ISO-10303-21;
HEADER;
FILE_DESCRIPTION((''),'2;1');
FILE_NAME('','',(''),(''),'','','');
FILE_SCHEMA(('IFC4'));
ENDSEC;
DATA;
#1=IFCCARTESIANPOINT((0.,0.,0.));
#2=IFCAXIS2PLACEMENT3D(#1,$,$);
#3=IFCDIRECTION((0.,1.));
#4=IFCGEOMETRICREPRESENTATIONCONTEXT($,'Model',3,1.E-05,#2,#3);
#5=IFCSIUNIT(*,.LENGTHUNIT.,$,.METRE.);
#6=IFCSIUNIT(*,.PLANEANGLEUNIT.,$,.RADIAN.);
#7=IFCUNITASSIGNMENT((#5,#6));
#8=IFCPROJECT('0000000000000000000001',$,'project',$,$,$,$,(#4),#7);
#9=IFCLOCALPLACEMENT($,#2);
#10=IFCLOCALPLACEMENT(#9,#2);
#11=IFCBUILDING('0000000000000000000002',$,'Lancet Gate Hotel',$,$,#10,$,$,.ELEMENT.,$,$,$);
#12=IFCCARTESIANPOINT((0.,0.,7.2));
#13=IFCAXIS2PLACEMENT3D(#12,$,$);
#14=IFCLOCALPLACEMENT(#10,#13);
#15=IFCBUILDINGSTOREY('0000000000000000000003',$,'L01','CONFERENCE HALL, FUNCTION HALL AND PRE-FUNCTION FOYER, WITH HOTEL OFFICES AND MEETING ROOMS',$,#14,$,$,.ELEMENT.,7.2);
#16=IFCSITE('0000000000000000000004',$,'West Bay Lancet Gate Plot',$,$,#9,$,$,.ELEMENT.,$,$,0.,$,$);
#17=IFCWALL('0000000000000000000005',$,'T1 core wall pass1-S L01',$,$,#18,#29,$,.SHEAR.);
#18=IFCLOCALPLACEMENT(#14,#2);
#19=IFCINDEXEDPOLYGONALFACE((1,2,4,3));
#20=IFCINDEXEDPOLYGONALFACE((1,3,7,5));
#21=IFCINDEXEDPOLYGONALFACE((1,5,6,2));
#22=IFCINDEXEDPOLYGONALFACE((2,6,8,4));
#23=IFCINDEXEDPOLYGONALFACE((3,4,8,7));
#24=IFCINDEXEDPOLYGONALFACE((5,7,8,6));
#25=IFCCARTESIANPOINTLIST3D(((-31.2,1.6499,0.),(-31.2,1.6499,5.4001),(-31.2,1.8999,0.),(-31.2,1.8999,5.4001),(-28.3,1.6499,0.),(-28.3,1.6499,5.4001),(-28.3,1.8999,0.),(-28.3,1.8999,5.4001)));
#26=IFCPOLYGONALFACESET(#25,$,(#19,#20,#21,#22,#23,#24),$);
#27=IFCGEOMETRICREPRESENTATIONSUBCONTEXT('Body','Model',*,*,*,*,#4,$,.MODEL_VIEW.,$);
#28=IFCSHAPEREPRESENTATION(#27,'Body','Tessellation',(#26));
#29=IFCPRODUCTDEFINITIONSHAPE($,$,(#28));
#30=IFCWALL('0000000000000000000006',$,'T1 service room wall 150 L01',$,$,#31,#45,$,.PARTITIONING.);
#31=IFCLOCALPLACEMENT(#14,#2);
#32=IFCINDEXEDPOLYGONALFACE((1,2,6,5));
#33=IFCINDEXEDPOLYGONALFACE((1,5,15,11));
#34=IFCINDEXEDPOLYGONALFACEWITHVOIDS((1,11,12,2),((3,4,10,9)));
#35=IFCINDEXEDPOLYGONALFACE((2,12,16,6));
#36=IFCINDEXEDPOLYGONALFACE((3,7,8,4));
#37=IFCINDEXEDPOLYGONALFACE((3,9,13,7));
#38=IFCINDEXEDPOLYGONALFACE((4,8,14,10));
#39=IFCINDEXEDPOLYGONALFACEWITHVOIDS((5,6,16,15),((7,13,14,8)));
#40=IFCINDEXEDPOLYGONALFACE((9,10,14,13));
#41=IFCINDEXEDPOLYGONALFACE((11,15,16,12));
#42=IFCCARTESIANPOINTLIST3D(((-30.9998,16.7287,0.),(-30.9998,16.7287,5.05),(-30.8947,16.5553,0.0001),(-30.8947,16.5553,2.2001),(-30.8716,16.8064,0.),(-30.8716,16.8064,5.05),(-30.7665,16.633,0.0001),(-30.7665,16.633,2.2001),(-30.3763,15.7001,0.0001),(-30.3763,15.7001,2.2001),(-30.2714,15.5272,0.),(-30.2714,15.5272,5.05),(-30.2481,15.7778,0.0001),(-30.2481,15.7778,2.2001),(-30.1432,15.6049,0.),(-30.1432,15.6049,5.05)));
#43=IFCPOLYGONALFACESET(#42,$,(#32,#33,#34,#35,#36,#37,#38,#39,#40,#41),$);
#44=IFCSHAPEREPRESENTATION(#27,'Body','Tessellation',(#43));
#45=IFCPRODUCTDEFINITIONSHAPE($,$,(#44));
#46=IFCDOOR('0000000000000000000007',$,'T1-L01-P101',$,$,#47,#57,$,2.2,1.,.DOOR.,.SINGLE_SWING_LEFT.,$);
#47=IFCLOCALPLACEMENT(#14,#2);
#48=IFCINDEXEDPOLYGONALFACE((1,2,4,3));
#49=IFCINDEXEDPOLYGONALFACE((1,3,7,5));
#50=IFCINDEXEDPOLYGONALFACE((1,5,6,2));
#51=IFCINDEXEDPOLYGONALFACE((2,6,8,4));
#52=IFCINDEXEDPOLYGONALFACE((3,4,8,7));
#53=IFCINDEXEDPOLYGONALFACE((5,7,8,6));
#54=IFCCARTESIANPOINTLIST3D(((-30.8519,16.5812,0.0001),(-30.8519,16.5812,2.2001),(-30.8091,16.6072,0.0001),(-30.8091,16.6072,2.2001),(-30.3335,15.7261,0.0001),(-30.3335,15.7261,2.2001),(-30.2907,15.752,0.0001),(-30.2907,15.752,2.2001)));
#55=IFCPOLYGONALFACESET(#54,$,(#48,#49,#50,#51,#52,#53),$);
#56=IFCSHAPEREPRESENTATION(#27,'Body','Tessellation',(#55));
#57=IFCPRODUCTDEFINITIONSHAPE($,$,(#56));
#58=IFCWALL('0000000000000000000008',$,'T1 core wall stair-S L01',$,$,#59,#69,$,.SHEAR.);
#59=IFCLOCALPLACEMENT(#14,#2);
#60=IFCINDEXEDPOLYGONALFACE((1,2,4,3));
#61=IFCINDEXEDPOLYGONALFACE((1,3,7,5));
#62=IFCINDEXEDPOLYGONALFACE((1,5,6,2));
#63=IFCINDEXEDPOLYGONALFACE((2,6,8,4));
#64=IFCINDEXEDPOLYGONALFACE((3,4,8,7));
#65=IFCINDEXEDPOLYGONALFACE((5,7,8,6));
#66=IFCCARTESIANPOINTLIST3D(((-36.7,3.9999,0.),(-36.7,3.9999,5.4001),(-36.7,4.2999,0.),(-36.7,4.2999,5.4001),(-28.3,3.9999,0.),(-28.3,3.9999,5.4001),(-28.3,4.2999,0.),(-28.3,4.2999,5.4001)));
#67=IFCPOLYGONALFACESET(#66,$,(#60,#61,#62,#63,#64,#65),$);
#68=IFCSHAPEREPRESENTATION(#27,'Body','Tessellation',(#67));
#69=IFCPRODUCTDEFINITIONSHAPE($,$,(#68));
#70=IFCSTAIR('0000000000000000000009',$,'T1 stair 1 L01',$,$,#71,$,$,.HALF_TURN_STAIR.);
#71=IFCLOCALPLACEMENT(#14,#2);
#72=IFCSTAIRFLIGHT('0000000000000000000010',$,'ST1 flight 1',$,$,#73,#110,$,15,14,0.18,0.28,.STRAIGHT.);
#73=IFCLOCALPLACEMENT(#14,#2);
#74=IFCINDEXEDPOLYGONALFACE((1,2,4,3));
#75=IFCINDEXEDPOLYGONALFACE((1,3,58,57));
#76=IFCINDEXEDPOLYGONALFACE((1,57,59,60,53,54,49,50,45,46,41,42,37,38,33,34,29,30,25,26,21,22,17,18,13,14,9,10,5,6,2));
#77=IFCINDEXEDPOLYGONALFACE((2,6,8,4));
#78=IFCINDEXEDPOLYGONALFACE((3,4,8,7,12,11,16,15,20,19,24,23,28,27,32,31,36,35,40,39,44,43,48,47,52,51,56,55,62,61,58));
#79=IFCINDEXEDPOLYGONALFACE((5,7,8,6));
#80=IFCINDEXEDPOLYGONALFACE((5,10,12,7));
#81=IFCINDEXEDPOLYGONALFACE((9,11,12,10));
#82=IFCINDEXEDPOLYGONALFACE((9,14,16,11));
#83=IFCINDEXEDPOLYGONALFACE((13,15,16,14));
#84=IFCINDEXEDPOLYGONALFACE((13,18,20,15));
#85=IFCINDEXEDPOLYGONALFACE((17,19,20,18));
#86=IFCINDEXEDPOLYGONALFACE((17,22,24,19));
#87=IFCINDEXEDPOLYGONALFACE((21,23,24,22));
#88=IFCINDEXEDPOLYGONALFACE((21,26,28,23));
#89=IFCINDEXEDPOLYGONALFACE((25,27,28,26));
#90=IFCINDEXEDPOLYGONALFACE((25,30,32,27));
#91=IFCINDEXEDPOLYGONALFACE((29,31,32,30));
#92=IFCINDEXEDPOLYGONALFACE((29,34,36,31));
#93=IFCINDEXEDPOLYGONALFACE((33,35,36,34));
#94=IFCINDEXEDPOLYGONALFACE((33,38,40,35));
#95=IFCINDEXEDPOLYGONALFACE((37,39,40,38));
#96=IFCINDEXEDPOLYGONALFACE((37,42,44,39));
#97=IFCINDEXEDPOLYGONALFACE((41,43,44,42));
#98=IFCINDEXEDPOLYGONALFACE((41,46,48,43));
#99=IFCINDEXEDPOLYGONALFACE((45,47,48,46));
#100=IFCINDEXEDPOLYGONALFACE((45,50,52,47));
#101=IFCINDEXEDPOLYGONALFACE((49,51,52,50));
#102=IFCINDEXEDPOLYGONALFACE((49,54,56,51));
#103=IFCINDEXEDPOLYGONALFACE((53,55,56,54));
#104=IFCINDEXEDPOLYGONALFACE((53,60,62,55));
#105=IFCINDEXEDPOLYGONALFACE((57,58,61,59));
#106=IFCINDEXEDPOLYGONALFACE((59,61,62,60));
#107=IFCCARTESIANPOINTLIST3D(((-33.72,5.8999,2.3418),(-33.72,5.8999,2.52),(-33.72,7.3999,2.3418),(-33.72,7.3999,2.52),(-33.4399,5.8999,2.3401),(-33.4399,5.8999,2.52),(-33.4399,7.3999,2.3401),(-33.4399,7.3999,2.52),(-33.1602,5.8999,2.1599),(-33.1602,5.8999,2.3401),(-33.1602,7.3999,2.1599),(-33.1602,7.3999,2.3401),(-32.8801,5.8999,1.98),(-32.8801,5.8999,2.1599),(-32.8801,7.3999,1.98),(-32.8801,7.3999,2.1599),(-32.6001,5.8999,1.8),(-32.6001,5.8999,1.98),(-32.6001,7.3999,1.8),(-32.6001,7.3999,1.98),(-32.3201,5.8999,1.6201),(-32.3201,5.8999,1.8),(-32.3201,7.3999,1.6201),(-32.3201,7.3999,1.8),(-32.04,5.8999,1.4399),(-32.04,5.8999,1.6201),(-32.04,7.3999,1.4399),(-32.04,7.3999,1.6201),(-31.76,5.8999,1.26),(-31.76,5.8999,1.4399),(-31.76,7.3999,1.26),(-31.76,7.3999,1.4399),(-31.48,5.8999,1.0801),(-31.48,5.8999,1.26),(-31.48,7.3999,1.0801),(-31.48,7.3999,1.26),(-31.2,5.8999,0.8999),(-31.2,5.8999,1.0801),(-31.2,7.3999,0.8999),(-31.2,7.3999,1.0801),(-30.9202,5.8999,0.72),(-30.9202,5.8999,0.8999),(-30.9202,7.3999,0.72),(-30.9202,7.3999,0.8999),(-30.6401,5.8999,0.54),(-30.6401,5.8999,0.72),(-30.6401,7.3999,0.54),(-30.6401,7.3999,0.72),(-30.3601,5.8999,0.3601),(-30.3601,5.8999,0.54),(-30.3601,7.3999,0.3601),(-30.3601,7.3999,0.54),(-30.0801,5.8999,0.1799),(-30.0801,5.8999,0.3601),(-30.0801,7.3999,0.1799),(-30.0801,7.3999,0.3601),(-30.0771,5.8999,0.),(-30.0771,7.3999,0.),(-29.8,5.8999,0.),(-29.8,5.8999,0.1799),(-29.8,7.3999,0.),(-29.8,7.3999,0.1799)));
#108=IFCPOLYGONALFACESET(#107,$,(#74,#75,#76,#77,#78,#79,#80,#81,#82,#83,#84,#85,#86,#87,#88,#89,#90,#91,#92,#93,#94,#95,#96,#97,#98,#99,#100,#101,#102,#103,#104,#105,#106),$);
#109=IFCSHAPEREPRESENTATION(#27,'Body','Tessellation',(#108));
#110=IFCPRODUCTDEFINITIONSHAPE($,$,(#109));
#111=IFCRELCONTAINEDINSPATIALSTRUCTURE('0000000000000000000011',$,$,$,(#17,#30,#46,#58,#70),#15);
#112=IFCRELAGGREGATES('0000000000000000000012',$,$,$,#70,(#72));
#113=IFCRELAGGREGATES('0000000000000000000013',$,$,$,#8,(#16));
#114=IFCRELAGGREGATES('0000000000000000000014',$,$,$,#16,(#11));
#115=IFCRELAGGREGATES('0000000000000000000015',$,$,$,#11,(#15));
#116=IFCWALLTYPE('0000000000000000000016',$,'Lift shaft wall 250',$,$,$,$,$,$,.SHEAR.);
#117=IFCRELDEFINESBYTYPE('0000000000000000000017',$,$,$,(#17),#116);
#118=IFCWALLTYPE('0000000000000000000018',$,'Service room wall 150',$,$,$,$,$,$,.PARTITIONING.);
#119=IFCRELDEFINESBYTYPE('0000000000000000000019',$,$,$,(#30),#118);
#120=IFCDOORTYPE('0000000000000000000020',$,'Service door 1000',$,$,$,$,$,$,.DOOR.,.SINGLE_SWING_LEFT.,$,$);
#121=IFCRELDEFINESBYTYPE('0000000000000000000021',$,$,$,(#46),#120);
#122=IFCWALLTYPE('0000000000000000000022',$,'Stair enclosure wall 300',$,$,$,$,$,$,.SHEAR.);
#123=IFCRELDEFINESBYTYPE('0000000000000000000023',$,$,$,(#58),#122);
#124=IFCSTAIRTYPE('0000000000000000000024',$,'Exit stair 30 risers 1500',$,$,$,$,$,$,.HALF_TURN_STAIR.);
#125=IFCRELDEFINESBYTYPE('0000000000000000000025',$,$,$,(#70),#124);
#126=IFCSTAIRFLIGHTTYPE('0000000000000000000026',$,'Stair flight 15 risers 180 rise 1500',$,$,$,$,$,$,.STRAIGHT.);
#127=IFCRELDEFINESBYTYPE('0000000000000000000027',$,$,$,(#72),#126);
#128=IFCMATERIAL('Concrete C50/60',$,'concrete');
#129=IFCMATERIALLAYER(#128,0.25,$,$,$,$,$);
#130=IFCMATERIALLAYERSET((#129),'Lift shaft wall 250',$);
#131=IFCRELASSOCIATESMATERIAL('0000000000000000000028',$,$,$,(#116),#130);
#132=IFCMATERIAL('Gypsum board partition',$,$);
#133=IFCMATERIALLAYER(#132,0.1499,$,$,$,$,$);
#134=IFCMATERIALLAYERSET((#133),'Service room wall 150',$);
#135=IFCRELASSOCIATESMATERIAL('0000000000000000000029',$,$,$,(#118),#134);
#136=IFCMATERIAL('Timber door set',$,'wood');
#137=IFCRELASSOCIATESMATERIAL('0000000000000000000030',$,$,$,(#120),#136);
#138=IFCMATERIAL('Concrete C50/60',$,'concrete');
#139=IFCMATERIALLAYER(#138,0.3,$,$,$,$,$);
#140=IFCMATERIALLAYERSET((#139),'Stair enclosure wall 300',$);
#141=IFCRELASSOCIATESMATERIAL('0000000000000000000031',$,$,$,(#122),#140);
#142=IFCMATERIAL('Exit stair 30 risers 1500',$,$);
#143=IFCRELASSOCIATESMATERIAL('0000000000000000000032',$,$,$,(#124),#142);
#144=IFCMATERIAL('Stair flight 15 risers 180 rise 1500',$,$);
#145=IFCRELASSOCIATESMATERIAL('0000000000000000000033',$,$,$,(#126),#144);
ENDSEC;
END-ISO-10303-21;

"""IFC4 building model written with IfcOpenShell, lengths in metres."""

from ifc_helpers import new_model, si_unit, direction, frame, frame_2d, origin, place, context, subcontext, project, spatial, polyline, rectangle, outline, extrude, material, layer, layer_set, type_object, element, fill, aggregate, save


model = new_model("IFC4")

# Units and contexts
model_context = context("Model", 3, precision=1e-05, world=origin(), true_north=direction((0.0, 1.0)))
body_context = subcontext(model_context, "Body", "Model", "MODEL_VIEW")
ifc_project = project(units=[si_unit("LENGTHUNIT", "METRE"), si_unit("PLANEANGLEUNIT", "RADIAN")], contexts=[model_context])

# Site, building, storey
site_placement = place(None, origin())
site = spatial("IfcSite", under=ifc_project, at=site_placement, Name="West Bay Lancet Gate Plot", CompositionType="ELEMENT", RefElevation=0.0)
building_placement = place(site_placement, origin())
building = spatial("IfcBuilding", under=site, at=building_placement, Name="Lancet Gate Hotel", CompositionType="ELEMENT")
storey_placement = place(building_placement, frame((0.0, 0.0, 7.2)))
storey = spatial("IfcBuildingStorey", under=building, at=storey_placement, Name="L01", Description="CONFERENCE HALL, FUNCTION HALL AND PRE-FUNCTION FOYER, WITH HOTEL OFFICES AND MEETING ROOMS", CompositionType="ELEMENT", Elevation=7.2)

# Wall
ifc_material_1 = material(Name="Concrete C50/60", Category="concrete")
ifc_layer_1 = layer(ifc_material_1, 0.25)
ifc_layer_set_1 = layer_set([ifc_layer_1], Name="Lift shaft wall 250")
wall_type_1 = type_object("IfcWallType", Name="Lift shaft wall 250", PredefinedType="SHEAR", material=ifc_layer_set_1)
wall_1_placement = place(storey_placement, frame((-28.3, 1.7749, 0.0), z_axis=(0.0, 0.0, 1.0), x_axis=(-1.0, 0.0, 0.0)))
element("IfcWall", 1, at=wall_1_placement, inside=storey, type_object=wall_type_1, Name="T1 core wall pass1-S L01", PredefinedType="SHEAR", context=body_context, shape_type="SweptSolid", body=[
    extrude(rectangle(XDim=2.8999, YDim=0.25, at=frame_2d((1.45, 0.0))), origin(), (0.0, 0.0, 1.0), 5.4001),
])

# Wall, opening, door
ifc_material_2 = material(Name="Gypsum board partition")
ifc_layer_2 = layer(ifc_material_2, 0.1499)
ifc_layer_set_2 = layer_set([ifc_layer_2], Name="Service room wall 150")
wall_type_2 = type_object("IfcWallType", Name="Service room wall 150", PredefinedType="PARTITIONING", material=ifc_layer_set_2)
wall_2_placement = place(storey_placement, frame((-30.2073, 15.5659, 0.0), z_axis=(0.0, 0.0, 1.0), x_axis=(-0.518375, 0.855153, 0.0)))
wall_2 = element("IfcWall", 2, at=wall_2_placement, inside=storey, type_object=wall_type_2, Name="T1 service room wall 150 L01", PredefinedType="PARTITIONING", context=body_context, shape_type="SweptSolid", body=[
    extrude(rectangle(XDim=1.405, YDim=0.1499, at=frame_2d((0.7026, 0.0))), origin(), (0.0, 0.0, 1.0), 5.05),
])
opening_1_placement = place(wall_2_placement, frame((0.2024, 0.0, 0.0)))
opening_1 = element("IfcOpeningElement", 3, at=opening_1_placement, cuts=wall_2, PredefinedType="OPENING", context=body_context, shape_type="SweptSolid", body=[
    extrude(rectangle(XDim=1.0, YDim=2.2, at=frame_2d((0.5, 1.1001))), frame((0.0, 0.085, 0.0), z_axis=(0.0, -1.0, 0.0), x_axis=(1.0, 0.0, 0.0)), (0.0, 0.0, 1.0), 0.1699),
])
ifc_material_3 = material(Name="Timber door set", Category="wood")
door_type_1 = type_object("IfcDoorType", Name="Service door 1000", OperationType="SINGLE_SWING_LEFT", PredefinedType="DOOR", material=ifc_material_3)
door_1_placement = place(opening_1_placement, origin())
door_1 = element("IfcDoor", 4, at=door_1_placement, inside=storey, type_object=door_type_1, Name="T1-L01-P101", OperationType="SINGLE_SWING_LEFT", OverallHeight=2.2, OverallWidth=1.0, PredefinedType="DOOR", context=body_context, shape_type="SweptSolid", body=[
    extrude(rectangle(XDim=1.0, YDim=2.2, at=frame_2d((0.5, 1.1001))), frame((0.0, 0.0249, 0.0), z_axis=(0.0, -1.0, 0.0), x_axis=(1.0, 0.0, 0.0)), (0.0, 0.0, 1.0), 0.05),
])
fill(opening_1, door_1)

# Wall
ifc_material_4 = material(Name="Concrete C50/60", Category="concrete")
ifc_layer_3 = layer(ifc_material_4, 0.3)
ifc_layer_set_3 = layer_set([ifc_layer_3], Name="Stair enclosure wall 300")
wall_type_3 = type_object("IfcWallType", Name="Stair enclosure wall 300", PredefinedType="SHEAR", material=ifc_layer_set_3)
wall_3_placement = place(storey_placement, frame((-28.3, 4.1499, 0.0), z_axis=(0.0, 0.0, 1.0), x_axis=(-1.0, 0.0, 0.0)))
element("IfcWall", 5, at=wall_3_placement, inside=storey, type_object=wall_type_3, Name="T1 core wall stair-S L01", PredefinedType="SHEAR", context=body_context, shape_type="SweptSolid", body=[
    extrude(rectangle(XDim=8.3999, YDim=0.3, at=frame_2d((4.2, 0.0))), origin(), (0.0, 0.0, 1.0), 5.4001),
])

# Stair, stair flight
ifc_material_5 = material(Name="Exit stair 30 risers 1500")
stair_type = type_object("IfcStairType", Name="Exit stair 30 risers 1500", PredefinedType="HALF_TURN_STAIR", material=ifc_material_5)
stair_placement = place(storey_placement, origin())
stair = element("IfcStair", 6, at=stair_placement, inside=storey, type_object=stair_type, Name="T1 stair 1 L01", PredefinedType="HALF_TURN_STAIR")
ifc_material_6 = material(Name="Stair flight 15 risers 180 rise 1500")
stair_flight_type = type_object("IfcStairFlightType", Name="Stair flight 15 risers 180 rise 1500", PredefinedType="STRAIGHT", material=ifc_material_6)
stair_flight_placement = place(storey_placement, frame((-29.8, 6.6499, 0.0), z_axis=(0.0, 0.0, 1.0), x_axis=(-1.0, 0.0, 0.0)))
stair_flight = element("IfcStairFlight", 7, at=stair_flight_placement, type_object=stair_flight_type, Name="ST1 flight 1", NumberOfRisers=15, NumberOfTreads=14, PredefinedType="STRAIGHT", RiserHeight=0.18, TreadLength=0.28, context=body_context, shape_type="SweptSolid", body=[
    extrude(outline(polyline([(0.0, 0.0), (0.0, 0.1799), (0.28, 0.1799), (0.28, 0.3601), (0.5601, 0.3601), (0.5601, 0.54), (0.8401, 0.54), (0.8401, 0.72), (1.1201, 0.72), (1.1201, 0.8999), (1.3999, 0.8999), (1.3999, 1.0801), (1.6799, 1.0801), (1.6799, 1.26), (1.96, 1.26), (1.96, 1.4399), (2.24, 1.4399), (2.24, 1.6201), (2.52, 1.6201), (2.52, 1.8), (2.8, 1.8), (2.8, 1.98), (3.0801, 1.98), (3.0801, 2.1599), (3.3601, 2.1599), (3.3601, 2.3401), (3.6399, 2.3401), (3.6399, 2.52), (3.9199, 2.52), (3.9199, 2.7), (3.9199, 2.3418), (0.2771, 0.0), (0.0, 0.0)])), frame((0.0, 0.75, 0.0), z_axis=(0.0, -1.0, 0.0), x_axis=(1.0, 0.0, 0.0)), (0.0, 0.0, 1.0), 1.5),
])
aggregate(stair, [stair_flight])

save(model, "model.ifc")
